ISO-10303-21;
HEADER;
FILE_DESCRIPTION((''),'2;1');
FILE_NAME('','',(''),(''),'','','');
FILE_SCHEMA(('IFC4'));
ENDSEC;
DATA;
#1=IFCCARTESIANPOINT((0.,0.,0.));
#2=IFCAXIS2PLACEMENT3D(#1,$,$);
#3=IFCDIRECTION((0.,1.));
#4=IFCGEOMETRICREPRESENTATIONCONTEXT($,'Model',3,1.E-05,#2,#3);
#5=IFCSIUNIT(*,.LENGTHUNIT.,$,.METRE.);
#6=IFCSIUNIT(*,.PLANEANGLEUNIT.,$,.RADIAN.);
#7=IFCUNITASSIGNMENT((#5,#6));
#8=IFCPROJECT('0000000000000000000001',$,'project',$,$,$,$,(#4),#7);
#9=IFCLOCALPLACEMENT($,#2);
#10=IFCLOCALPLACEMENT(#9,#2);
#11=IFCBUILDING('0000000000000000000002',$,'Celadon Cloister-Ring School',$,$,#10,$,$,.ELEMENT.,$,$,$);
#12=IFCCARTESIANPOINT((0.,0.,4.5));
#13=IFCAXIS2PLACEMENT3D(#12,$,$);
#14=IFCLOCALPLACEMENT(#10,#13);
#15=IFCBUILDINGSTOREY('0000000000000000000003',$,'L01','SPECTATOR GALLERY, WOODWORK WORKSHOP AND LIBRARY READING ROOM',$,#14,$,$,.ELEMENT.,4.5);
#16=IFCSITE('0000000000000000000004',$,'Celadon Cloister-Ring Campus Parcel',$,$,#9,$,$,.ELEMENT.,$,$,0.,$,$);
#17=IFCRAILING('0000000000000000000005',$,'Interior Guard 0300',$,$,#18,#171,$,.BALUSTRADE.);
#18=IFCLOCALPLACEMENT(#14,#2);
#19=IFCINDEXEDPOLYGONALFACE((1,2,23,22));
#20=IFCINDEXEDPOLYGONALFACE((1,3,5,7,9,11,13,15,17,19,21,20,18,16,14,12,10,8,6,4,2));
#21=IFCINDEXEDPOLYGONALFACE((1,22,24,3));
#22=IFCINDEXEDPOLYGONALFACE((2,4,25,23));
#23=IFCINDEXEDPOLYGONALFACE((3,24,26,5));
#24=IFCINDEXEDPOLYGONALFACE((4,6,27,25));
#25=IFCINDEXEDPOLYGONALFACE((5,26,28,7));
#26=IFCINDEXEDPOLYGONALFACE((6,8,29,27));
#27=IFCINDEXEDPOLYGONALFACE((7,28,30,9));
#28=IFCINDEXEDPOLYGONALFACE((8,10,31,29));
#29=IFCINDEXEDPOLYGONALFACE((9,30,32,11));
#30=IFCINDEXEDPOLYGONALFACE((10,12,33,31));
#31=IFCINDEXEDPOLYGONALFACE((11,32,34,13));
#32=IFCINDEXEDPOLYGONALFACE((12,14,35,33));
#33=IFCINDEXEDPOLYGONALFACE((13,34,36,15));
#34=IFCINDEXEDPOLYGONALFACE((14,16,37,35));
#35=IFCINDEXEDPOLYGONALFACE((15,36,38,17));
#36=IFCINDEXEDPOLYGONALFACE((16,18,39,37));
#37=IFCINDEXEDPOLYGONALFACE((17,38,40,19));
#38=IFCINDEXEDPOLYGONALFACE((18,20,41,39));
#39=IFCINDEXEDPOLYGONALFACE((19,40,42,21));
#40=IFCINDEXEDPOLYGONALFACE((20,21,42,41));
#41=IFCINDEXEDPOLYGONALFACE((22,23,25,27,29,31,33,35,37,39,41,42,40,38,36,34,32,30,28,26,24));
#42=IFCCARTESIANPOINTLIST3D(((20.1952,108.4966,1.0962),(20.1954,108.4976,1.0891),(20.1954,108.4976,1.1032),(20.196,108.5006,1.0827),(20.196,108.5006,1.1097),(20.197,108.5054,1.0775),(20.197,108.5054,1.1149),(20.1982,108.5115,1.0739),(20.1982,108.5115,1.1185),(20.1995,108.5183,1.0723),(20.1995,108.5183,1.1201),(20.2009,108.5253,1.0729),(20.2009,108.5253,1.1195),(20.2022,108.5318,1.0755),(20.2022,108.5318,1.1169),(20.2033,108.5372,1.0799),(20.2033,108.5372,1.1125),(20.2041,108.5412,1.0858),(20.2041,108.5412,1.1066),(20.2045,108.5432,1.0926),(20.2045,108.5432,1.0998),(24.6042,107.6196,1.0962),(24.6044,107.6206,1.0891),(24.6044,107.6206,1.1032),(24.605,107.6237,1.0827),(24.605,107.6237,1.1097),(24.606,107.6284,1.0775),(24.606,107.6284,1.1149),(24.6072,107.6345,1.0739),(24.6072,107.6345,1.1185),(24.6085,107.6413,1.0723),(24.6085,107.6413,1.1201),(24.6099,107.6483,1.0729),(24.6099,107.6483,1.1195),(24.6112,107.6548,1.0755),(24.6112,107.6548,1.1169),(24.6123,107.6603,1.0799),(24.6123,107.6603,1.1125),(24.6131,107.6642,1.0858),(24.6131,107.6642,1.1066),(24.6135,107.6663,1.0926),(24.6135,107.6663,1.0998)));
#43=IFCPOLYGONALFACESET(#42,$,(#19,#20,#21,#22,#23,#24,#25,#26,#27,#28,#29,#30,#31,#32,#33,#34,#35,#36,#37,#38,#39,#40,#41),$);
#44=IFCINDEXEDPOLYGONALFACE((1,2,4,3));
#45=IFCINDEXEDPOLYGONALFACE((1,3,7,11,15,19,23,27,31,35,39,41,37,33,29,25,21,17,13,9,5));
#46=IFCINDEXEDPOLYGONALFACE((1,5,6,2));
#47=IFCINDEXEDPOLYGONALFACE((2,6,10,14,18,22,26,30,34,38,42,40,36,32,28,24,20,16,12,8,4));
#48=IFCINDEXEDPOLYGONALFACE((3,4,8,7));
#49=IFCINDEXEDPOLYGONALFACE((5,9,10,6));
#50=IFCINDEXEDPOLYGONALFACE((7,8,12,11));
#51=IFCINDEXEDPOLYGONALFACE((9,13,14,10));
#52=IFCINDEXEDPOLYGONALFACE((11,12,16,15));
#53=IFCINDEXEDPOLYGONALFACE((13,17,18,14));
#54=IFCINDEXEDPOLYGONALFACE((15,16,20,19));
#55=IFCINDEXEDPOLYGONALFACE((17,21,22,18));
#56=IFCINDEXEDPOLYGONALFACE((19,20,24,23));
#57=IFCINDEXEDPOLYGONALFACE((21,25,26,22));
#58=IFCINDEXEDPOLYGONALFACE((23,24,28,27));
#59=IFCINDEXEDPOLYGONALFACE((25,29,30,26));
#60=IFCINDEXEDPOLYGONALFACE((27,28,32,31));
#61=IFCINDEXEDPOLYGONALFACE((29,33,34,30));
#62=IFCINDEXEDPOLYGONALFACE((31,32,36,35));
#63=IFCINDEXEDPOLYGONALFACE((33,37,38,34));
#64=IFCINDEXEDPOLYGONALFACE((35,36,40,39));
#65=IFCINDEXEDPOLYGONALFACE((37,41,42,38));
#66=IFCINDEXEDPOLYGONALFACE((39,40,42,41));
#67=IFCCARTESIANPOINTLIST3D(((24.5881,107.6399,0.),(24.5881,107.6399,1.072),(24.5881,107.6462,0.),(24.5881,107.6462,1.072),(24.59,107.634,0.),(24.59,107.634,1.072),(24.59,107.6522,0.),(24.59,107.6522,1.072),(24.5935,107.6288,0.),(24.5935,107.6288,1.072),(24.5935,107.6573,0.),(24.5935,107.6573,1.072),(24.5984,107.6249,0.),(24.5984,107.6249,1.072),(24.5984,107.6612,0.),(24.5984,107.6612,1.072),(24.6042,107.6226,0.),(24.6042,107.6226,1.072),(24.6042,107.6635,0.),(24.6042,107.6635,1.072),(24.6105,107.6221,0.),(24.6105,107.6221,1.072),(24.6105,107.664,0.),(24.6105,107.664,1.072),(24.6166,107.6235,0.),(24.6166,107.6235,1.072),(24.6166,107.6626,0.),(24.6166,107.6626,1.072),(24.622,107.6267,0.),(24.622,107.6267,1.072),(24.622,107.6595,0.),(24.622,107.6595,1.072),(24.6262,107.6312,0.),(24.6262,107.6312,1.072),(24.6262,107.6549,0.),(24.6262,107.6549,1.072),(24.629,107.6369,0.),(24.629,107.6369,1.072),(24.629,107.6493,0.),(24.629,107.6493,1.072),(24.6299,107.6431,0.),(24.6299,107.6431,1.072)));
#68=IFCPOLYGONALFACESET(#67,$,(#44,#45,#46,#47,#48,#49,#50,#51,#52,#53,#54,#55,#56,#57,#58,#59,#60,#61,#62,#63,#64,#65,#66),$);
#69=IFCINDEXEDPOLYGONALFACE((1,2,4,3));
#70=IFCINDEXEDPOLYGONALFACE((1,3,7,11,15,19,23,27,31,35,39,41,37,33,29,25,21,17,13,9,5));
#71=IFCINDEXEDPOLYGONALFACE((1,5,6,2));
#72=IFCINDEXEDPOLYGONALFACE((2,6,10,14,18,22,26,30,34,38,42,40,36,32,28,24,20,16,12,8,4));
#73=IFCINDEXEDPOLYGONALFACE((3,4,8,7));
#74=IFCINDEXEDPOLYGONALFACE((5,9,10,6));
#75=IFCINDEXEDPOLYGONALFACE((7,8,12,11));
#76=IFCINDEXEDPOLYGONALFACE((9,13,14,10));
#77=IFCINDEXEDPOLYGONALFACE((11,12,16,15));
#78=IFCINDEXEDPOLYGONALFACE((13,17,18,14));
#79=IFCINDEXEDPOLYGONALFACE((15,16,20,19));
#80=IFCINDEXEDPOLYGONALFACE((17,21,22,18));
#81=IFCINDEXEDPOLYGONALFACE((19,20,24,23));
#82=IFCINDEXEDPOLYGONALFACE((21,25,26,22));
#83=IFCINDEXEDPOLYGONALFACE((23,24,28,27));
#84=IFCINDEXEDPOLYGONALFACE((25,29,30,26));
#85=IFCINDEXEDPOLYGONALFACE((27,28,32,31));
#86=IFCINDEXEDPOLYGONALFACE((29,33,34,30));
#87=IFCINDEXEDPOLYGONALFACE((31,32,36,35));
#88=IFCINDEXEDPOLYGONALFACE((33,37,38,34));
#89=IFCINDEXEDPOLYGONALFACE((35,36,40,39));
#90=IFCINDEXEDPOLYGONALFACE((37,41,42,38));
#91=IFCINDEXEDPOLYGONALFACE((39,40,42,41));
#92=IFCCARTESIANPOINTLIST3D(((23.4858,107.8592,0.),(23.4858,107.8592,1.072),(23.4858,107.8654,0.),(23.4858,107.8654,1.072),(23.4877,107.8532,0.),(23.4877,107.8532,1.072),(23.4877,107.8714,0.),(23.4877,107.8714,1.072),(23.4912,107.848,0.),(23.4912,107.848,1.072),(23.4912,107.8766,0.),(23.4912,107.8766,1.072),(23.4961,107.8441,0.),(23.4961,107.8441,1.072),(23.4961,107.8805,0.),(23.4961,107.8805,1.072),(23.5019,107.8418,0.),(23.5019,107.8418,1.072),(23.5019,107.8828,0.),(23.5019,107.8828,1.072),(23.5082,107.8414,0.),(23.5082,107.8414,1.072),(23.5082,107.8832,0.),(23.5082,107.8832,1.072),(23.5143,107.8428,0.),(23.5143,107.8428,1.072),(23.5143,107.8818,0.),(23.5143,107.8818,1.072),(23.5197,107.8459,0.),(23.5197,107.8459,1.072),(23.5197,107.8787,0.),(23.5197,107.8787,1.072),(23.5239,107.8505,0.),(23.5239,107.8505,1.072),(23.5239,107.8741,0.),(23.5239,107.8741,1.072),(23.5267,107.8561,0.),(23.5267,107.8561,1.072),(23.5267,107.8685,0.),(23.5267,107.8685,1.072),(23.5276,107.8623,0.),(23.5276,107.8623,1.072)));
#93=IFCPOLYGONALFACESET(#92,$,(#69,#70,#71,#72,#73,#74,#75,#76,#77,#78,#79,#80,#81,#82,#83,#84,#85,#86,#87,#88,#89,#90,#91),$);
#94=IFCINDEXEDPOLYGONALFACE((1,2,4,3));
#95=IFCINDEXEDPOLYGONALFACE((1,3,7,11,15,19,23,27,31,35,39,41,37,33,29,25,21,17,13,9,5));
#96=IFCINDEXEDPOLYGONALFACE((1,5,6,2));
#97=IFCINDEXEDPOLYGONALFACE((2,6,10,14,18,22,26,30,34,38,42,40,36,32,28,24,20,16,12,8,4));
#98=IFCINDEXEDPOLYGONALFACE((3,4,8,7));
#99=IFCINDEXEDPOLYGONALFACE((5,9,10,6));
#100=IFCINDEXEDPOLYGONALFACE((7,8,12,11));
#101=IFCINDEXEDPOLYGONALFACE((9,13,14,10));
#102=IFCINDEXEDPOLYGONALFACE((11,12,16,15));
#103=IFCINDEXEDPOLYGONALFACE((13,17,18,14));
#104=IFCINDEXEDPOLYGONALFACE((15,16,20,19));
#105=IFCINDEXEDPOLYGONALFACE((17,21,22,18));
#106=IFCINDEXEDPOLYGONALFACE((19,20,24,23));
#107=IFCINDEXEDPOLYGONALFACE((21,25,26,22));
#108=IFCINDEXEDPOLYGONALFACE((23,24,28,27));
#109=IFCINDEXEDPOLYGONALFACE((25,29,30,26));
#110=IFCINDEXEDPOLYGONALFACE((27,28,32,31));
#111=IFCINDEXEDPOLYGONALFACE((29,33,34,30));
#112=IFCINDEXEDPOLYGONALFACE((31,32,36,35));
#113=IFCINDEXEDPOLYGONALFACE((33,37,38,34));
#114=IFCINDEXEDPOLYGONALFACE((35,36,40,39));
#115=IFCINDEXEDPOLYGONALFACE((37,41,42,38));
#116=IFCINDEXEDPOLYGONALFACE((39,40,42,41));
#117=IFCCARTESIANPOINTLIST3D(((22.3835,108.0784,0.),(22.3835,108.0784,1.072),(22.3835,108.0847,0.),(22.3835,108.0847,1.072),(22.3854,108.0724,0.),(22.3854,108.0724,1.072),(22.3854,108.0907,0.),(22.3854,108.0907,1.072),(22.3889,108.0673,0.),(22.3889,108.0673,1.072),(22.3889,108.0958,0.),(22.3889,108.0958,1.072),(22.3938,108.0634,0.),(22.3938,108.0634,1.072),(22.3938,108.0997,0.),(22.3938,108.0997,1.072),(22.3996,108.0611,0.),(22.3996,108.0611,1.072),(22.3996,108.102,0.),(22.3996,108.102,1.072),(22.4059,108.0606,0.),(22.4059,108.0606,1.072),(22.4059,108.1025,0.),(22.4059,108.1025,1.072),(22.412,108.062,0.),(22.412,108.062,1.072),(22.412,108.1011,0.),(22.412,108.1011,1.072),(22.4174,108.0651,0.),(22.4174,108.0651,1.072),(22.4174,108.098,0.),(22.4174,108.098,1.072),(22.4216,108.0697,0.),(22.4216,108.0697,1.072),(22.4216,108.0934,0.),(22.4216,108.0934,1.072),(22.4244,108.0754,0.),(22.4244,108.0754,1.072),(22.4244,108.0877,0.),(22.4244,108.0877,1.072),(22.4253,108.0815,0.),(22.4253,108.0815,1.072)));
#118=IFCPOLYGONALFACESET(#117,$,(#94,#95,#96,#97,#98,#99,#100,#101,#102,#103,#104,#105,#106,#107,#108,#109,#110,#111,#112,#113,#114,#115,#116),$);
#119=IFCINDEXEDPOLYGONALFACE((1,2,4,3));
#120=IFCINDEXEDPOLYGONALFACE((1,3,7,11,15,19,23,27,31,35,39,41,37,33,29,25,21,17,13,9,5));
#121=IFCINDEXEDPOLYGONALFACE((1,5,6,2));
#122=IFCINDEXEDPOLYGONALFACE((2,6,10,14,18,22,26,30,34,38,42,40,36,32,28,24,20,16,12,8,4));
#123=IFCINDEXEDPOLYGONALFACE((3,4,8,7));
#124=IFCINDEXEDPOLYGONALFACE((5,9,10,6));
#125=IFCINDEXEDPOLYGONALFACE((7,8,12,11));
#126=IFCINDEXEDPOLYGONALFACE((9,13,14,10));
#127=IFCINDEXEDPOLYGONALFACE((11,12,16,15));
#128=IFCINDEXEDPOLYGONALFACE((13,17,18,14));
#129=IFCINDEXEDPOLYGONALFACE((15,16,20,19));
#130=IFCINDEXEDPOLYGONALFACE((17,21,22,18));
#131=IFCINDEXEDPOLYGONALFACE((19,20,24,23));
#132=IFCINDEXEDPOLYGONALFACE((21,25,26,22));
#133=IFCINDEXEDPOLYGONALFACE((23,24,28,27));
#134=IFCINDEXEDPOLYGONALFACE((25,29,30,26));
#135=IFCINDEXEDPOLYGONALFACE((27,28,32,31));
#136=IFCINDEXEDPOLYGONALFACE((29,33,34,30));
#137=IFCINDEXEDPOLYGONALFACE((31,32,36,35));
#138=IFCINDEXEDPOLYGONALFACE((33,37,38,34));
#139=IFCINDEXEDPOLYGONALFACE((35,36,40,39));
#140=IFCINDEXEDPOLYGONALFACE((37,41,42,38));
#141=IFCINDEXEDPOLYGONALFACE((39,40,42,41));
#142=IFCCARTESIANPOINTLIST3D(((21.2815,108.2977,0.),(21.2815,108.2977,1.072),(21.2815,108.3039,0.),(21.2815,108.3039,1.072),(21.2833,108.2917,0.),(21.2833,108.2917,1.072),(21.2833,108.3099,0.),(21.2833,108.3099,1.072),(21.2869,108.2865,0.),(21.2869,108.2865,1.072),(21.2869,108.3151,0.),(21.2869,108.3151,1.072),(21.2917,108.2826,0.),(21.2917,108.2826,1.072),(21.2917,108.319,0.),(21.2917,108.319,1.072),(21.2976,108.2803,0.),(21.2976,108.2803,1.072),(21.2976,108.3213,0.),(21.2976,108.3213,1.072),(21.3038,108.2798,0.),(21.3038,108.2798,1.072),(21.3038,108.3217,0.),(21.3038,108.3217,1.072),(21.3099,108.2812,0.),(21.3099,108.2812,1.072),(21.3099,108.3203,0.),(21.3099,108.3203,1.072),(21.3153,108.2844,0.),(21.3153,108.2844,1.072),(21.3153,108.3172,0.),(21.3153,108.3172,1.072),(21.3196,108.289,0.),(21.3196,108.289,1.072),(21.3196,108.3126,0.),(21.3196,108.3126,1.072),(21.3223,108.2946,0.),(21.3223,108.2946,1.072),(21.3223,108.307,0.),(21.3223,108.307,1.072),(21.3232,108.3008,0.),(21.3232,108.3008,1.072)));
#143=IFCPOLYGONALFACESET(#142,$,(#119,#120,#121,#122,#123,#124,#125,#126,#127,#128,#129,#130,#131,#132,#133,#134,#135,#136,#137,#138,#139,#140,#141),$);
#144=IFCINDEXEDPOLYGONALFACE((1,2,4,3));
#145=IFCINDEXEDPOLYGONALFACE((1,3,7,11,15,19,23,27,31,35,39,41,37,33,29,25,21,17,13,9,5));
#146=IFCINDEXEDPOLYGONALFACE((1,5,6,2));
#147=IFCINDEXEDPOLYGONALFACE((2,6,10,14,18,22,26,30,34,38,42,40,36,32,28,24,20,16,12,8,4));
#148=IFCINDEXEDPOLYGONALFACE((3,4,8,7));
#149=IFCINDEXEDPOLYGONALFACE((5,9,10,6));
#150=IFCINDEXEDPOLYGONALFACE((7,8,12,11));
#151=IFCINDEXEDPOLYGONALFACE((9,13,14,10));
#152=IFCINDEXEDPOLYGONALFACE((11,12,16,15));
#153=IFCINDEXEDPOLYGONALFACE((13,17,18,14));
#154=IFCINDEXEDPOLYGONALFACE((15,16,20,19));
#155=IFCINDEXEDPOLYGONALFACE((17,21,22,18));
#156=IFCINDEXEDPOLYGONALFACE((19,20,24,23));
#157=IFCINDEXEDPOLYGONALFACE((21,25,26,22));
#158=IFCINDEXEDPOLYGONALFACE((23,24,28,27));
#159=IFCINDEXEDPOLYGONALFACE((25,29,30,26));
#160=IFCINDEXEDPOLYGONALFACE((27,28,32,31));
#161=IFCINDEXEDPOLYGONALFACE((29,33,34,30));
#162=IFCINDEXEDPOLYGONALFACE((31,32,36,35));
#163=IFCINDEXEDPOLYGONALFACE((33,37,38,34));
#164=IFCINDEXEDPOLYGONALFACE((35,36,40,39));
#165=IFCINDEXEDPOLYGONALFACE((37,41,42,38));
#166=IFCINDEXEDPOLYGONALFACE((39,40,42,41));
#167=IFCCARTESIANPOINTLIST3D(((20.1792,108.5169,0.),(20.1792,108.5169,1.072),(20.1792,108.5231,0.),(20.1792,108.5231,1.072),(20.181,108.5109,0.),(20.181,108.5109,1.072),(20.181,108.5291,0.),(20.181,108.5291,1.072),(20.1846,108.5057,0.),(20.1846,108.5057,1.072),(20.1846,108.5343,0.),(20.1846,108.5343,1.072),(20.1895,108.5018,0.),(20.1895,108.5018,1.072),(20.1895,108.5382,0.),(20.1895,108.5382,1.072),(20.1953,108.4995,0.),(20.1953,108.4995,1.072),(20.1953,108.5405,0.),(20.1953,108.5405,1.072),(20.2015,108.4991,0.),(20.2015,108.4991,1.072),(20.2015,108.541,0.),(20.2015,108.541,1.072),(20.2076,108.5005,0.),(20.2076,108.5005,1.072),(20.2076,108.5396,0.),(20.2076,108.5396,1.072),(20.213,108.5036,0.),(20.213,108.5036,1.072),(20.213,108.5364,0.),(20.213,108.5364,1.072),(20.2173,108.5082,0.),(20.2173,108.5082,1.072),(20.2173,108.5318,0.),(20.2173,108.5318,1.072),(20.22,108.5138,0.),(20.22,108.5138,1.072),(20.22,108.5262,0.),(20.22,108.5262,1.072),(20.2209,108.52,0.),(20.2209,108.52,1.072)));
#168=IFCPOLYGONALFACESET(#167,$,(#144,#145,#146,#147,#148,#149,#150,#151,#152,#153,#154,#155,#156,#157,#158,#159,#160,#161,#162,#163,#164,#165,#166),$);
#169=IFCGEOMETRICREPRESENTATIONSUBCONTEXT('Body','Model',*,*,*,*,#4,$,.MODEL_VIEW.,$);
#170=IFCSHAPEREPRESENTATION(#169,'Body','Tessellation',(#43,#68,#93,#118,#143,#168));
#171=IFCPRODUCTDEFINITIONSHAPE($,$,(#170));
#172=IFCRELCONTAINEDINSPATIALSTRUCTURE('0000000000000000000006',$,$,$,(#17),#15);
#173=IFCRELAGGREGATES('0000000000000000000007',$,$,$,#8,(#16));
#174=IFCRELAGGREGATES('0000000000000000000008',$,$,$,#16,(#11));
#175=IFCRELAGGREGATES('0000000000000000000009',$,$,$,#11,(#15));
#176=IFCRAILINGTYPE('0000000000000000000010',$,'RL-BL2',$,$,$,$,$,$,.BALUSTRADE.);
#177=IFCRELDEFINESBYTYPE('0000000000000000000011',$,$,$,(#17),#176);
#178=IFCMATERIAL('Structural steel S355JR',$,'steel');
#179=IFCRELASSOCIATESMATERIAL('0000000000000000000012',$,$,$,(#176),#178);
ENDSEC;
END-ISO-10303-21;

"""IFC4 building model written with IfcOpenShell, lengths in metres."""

from ifc_helpers import new_model, si_unit, direction, frame, origin, origin_2d, place, context, subcontext, project, spatial, circle, extrude, material, type_object, element, save


model = new_model("IFC4")

# Units and contexts
model_context = context("Model", 3, precision=1e-05, world=origin(), true_north=direction((0.0, 1.0)))
body_context = subcontext(model_context, "Body", "Model", "MODEL_VIEW")
ifc_project = project(units=[si_unit("LENGTHUNIT", "METRE"), si_unit("PLANEANGLEUNIT", "RADIAN")], contexts=[model_context])

# Site, building, storey
site_placement = place(None, origin())
site = spatial("IfcSite", under=ifc_project, at=site_placement, Name="Celadon Cloister-Ring Campus Parcel", CompositionType="ELEMENT", RefElevation=0.0)
building_placement = place(site_placement, origin())
building = spatial("IfcBuilding", under=site, at=building_placement, Name="Celadon Cloister-Ring School", CompositionType="ELEMENT")
storey_placement = place(building_placement, frame((0.0, 0.0, 4.5)))
storey = spatial("IfcBuildingStorey", under=building, at=storey_placement, Name="L01", Description="SPECTATOR GALLERY, WOODWORK WORKSHOP AND LIBRARY READING ROOM", CompositionType="ELEMENT", Elevation=4.5)

# Railing
ifc_material_1 = material(Name="Structural steel S355JR", Category="steel")
railing_type_1 = type_object("IfcRailingType", Name="RL-BL2", PredefinedType="BALUSTRADE", material=ifc_material_1)
railing_1_placement = place(storey_placement, frame((24.6089, 107.6431, 0.0)))
element("IfcRailing", 1, at=railing_1_placement, inside=storey, type_object=railing_type_1, Name="Interior Guard 0300", PredefinedType="BALUSTRADE", context=body_context, shape_type="SweptSolid", body=[
    extrude(circle(Radius=0.0239, at=origin_2d()), frame((0.0, 0.0, 1.0962), z_axis=(-0.980787, 0.195082, 0.0), x_axis=(-0.195082, -0.980787, 0.0)), (0.0, 0.0, 1.0), 4.4954),
    extrude(circle(Radius=0.021, at=origin_2d()), origin(), (0.0, 0.0, 1.0), 1.072),
    extrude(circle(Radius=0.021, at=origin_2d()), frame((-1.1023, 0.2192, 0.0)), (0.0, 0.0, 1.0), 1.072),
    extrude(circle(Radius=0.021, at=origin_2d()), frame((-2.2046, 0.4385, 0.0)), (0.0, 0.0, 1.0), 1.072),
    extrude(circle(Radius=0.021, at=origin_2d()), frame((-3.3066, 0.6577, 0.0)), (0.0, 0.0, 1.0), 1.072),
    extrude(circle(Radius=0.021, at=origin_2d()), frame((-4.4089, 0.877, 0.0)), (0.0, 0.0, 1.0), 1.072),
])

save(model, "model.ifc")
